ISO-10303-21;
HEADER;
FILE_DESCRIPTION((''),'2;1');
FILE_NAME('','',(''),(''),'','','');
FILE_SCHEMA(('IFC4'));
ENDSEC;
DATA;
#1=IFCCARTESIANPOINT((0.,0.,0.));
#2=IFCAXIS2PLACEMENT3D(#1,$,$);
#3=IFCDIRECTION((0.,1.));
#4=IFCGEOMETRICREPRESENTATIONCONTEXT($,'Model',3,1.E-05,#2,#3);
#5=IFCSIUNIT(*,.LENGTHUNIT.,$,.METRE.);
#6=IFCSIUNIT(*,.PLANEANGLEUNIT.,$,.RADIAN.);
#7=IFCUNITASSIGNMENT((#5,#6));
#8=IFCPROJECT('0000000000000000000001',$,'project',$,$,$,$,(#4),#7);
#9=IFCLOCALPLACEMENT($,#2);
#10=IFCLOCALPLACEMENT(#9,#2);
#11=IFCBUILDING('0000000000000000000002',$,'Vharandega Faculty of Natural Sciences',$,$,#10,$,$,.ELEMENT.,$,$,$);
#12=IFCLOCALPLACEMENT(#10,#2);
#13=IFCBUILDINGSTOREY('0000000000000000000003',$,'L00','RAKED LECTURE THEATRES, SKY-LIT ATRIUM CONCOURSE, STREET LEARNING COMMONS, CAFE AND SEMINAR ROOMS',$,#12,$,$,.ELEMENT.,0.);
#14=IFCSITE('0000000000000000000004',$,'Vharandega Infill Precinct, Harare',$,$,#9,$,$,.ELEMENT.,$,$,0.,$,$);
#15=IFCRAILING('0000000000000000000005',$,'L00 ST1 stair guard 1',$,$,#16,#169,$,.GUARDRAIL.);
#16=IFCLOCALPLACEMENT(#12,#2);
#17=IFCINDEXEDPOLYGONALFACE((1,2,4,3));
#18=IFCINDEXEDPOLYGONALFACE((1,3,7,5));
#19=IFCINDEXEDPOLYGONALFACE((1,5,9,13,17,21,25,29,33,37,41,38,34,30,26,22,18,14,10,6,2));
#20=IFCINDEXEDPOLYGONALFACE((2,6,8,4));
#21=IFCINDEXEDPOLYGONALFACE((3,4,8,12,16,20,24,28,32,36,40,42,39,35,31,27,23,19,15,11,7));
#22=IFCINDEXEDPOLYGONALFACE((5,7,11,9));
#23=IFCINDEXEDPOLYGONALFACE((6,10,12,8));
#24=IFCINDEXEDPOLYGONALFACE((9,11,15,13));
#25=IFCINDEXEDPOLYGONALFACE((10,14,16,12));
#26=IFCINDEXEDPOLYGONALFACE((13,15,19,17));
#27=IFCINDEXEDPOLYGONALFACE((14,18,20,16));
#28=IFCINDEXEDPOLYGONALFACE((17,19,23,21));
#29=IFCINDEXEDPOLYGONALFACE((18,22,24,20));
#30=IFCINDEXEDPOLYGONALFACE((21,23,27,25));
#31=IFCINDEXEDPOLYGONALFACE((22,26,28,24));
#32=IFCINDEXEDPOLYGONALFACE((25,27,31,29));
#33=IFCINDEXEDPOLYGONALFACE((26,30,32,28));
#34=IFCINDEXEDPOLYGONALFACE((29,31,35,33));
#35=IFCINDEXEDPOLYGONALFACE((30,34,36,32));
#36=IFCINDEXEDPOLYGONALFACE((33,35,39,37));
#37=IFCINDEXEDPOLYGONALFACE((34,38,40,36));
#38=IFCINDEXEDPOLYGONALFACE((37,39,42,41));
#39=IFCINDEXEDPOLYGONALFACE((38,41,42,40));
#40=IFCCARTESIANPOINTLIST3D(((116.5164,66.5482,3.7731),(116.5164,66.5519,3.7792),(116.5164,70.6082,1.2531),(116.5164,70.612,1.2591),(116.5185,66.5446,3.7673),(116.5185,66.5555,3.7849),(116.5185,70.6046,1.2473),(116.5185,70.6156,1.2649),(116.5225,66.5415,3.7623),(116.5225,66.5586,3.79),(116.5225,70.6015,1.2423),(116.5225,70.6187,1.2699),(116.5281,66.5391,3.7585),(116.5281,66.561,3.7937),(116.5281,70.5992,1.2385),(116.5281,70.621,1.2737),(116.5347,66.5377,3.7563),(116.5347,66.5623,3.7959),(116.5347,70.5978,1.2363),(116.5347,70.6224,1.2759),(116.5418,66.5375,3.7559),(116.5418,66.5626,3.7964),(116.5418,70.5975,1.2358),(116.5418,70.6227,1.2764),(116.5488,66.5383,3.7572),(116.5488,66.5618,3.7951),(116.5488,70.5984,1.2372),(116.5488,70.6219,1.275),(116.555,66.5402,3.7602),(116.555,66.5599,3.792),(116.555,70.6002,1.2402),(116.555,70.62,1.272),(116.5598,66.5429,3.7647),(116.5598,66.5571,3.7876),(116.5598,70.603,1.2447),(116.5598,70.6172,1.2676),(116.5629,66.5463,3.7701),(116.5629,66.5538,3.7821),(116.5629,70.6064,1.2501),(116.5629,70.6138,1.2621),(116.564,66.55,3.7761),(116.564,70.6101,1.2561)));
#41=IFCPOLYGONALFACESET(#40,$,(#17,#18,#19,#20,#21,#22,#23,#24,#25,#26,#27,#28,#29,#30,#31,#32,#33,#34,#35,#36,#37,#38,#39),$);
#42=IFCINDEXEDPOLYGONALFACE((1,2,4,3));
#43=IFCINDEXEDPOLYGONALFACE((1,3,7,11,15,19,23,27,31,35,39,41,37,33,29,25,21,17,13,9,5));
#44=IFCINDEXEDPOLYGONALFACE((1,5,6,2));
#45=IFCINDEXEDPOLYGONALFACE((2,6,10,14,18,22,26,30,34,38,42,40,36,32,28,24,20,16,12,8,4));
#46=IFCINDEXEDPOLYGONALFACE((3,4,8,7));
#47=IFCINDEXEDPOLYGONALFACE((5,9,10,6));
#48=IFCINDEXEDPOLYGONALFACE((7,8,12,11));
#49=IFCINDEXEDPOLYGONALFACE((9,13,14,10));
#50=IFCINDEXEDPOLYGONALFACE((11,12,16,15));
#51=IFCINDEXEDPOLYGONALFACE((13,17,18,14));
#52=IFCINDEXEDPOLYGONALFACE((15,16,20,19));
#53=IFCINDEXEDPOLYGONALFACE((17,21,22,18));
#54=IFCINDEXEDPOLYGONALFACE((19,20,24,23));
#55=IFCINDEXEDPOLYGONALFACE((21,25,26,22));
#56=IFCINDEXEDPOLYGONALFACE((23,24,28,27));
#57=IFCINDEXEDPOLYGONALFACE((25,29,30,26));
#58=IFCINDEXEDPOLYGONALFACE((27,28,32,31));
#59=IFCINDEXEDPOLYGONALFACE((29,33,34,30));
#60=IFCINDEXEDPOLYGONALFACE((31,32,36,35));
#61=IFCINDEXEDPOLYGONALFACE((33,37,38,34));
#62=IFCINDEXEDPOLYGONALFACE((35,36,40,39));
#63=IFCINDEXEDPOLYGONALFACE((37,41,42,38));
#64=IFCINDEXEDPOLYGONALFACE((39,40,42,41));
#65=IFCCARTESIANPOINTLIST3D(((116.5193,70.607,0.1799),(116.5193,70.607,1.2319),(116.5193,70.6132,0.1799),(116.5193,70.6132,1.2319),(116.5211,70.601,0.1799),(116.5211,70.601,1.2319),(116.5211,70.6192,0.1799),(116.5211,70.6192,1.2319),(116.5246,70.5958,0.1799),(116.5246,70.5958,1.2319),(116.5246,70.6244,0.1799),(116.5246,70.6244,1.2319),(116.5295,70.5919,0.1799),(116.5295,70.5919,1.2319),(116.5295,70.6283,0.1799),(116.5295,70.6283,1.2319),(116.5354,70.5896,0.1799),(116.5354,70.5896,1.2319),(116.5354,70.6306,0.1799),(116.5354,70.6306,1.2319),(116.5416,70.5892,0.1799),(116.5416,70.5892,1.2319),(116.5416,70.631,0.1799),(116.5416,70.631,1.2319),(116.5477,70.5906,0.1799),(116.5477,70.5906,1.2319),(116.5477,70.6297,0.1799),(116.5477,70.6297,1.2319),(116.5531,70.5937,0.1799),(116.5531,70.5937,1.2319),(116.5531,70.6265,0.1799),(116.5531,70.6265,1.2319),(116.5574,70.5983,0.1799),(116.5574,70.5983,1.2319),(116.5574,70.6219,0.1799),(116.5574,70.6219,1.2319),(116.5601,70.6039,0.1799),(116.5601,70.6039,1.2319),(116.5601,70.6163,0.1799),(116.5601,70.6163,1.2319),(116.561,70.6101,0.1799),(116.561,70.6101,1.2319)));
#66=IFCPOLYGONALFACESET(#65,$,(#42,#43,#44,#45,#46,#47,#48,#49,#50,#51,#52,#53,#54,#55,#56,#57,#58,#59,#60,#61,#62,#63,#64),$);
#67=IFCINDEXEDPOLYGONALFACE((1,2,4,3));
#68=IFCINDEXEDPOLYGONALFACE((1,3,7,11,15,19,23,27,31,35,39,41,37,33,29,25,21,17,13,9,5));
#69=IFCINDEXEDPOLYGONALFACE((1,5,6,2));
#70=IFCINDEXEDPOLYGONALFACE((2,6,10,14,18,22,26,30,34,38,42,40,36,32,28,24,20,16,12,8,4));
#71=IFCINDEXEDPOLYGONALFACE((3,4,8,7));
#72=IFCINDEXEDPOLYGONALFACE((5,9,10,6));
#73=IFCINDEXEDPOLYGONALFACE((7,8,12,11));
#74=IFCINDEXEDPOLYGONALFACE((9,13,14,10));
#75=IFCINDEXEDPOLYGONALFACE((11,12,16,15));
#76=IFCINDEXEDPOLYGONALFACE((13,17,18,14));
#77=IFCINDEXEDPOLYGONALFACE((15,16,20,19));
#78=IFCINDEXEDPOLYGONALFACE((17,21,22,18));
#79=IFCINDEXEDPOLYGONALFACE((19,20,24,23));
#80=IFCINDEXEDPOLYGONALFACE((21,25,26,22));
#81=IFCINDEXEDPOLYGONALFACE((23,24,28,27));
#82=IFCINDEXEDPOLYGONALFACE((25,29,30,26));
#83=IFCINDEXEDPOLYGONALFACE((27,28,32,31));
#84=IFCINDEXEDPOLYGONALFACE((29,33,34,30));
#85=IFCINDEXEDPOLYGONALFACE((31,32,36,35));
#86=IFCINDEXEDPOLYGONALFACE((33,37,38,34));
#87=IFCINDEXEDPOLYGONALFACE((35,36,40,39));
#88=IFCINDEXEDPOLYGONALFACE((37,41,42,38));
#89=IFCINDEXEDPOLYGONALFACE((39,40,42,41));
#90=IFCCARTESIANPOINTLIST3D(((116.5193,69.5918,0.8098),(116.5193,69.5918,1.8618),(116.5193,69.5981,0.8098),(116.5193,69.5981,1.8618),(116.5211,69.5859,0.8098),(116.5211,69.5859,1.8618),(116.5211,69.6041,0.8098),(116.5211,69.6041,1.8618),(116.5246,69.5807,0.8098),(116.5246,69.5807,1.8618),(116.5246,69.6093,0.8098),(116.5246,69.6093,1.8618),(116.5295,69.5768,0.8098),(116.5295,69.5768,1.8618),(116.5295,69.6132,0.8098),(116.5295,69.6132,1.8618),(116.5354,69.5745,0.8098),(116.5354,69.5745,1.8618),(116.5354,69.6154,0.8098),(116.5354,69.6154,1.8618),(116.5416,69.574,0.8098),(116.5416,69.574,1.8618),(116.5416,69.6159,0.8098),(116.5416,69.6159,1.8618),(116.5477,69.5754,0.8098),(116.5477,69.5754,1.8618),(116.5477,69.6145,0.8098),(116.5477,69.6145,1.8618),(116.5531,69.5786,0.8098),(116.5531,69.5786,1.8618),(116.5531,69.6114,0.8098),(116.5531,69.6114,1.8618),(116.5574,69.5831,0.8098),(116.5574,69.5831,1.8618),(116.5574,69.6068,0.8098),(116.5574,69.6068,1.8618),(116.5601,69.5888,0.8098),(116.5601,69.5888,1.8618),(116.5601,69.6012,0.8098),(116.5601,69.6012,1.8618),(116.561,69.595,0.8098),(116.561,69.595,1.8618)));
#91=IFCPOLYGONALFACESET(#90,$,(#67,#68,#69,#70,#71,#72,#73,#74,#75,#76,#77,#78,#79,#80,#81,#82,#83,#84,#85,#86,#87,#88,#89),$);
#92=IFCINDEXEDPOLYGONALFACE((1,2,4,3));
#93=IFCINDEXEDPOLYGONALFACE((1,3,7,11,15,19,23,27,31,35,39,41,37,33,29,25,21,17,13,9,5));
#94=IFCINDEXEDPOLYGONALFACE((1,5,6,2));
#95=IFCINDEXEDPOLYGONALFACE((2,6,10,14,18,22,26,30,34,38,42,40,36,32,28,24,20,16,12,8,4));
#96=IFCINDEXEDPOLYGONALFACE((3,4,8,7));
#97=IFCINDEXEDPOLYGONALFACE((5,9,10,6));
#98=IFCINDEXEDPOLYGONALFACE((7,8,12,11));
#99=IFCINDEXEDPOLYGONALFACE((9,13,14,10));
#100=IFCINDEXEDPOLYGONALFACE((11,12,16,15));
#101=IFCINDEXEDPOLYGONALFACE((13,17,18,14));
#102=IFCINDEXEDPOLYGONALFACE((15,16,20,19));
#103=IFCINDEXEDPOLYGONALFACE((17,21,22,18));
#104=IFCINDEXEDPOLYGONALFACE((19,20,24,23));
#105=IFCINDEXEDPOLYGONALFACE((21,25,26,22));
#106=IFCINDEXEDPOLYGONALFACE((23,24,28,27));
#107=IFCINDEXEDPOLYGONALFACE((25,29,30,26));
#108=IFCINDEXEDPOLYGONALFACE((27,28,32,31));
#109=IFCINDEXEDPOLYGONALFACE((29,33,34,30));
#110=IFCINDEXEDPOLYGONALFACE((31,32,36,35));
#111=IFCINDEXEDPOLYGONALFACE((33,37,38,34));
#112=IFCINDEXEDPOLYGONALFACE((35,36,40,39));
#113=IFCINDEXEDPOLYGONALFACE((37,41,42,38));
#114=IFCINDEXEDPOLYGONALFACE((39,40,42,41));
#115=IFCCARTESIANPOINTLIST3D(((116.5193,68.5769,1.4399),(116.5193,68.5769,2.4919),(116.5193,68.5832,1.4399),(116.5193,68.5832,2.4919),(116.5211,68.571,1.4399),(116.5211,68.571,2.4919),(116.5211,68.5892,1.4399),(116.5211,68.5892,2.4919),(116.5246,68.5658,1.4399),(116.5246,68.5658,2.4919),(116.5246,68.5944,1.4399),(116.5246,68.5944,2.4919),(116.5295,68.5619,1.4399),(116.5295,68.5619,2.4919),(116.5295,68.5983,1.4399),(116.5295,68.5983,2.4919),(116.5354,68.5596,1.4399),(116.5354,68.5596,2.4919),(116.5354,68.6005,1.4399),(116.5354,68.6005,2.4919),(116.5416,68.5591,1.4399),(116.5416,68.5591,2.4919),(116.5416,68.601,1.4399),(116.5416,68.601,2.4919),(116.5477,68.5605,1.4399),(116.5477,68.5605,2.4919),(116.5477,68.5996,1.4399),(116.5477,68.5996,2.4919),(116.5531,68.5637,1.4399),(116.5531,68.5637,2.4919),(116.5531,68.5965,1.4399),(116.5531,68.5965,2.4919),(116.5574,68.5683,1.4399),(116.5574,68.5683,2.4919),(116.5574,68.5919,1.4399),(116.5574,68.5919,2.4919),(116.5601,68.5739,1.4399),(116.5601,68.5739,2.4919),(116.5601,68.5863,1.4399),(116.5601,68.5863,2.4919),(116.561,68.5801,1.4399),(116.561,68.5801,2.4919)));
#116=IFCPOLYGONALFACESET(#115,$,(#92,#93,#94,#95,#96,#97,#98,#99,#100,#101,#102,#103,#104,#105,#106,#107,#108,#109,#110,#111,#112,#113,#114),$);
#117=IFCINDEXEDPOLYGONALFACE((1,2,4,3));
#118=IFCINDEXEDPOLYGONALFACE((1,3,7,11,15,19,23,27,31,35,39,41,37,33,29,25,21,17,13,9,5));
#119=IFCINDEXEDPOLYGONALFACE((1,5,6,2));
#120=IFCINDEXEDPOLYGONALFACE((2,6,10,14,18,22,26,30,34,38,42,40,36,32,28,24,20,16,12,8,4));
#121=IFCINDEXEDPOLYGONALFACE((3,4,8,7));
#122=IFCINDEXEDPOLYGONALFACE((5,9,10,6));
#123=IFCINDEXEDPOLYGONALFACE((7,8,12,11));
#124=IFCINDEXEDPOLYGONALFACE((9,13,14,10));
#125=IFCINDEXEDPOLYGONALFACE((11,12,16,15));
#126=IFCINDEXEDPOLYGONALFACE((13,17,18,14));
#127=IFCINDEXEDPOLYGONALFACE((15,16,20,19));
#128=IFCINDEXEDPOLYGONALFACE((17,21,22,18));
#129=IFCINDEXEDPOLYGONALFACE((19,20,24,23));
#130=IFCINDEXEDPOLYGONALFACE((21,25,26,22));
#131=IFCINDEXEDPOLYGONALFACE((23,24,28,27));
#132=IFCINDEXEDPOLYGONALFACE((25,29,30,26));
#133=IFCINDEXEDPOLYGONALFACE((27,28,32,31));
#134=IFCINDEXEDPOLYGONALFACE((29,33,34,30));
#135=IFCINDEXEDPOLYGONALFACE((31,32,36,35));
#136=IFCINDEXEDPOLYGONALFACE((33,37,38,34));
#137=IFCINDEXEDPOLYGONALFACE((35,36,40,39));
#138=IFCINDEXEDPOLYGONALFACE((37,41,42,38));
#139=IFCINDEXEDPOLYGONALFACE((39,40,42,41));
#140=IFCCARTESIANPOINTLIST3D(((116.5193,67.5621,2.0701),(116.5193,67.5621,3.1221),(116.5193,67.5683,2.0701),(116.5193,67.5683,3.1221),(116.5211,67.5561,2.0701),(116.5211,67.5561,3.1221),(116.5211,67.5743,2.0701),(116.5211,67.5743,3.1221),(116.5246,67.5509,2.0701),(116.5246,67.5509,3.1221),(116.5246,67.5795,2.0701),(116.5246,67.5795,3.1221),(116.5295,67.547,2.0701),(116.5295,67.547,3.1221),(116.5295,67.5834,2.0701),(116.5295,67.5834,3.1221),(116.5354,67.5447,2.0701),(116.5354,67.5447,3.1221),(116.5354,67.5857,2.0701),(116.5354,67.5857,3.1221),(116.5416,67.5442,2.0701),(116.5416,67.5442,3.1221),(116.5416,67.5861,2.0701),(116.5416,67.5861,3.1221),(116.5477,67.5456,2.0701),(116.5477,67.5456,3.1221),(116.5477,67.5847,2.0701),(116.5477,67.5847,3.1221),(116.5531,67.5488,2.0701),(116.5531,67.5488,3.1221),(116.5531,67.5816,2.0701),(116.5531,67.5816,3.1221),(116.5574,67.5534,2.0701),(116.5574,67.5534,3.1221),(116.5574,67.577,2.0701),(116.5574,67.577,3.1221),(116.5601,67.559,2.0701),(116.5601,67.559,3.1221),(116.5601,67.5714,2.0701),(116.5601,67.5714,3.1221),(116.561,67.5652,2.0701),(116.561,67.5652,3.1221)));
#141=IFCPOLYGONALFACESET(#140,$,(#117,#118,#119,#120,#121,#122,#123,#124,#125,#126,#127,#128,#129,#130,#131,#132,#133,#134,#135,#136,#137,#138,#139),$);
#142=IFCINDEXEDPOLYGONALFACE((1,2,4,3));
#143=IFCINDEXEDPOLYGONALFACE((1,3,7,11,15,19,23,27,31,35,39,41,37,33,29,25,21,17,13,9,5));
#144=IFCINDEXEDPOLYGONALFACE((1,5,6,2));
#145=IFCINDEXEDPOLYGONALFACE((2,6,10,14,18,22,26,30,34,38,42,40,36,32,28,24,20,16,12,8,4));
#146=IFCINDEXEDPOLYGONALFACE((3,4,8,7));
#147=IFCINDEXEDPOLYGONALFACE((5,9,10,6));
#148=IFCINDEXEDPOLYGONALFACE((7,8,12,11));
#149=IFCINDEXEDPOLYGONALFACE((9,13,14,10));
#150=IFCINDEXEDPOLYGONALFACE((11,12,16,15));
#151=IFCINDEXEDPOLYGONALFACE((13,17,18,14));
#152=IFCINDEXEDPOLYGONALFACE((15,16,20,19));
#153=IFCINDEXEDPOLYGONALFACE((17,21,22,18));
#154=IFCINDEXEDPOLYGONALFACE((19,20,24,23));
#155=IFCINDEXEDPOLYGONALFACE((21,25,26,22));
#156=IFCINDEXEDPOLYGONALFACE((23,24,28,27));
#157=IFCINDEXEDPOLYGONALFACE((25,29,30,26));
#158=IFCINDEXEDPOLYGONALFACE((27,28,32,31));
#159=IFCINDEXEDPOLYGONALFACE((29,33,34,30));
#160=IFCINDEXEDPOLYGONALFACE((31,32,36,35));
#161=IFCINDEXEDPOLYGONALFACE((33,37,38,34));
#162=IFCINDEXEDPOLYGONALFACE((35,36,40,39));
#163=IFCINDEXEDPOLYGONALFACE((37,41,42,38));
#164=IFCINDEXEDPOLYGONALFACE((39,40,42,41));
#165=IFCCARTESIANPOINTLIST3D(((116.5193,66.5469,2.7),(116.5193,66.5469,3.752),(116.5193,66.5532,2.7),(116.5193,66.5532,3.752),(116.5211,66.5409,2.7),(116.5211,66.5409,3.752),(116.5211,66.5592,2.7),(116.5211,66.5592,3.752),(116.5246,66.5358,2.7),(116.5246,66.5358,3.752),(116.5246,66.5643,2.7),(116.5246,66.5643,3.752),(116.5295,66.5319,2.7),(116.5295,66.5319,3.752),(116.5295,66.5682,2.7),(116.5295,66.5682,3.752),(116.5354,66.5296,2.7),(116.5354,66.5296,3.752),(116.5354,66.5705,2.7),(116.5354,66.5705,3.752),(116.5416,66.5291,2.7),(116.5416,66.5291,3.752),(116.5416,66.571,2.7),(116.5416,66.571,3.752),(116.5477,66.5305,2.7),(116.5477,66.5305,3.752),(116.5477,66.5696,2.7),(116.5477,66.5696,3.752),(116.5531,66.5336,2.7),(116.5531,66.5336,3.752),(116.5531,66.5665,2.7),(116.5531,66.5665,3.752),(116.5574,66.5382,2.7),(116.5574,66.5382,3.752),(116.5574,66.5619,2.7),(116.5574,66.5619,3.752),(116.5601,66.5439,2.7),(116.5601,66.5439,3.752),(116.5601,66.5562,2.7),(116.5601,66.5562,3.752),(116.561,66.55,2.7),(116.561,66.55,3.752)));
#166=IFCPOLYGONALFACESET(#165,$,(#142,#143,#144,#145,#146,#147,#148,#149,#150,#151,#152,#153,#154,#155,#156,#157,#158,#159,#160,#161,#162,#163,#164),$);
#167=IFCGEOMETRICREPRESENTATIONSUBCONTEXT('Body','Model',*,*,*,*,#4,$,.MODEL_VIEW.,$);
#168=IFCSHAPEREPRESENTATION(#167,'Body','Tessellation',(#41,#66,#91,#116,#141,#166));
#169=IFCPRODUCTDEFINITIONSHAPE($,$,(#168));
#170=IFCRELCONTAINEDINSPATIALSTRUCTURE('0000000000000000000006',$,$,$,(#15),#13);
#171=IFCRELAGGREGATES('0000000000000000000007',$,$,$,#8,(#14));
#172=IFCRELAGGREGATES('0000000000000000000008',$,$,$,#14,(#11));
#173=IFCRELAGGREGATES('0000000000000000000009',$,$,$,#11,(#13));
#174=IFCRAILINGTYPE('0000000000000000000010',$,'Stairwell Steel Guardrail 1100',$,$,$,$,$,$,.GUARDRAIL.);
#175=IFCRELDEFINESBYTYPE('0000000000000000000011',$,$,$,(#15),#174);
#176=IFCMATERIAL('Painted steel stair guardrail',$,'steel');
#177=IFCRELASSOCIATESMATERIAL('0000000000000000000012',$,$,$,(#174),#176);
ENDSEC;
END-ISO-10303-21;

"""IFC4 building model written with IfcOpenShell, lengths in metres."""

from ifc_helpers import new_model, si_unit, direction, frame, origin, origin_2d, place, context, subcontext, project, spatial, circle, extrude, material, type_object, element, save


model = new_model("IFC4")

# Units and contexts
model_context = context("Model", 3, precision=1e-05, world=origin(), true_north=direction((0.0, 1.0)))
body_context = subcontext(model_context, "Body", "Model", "MODEL_VIEW")
ifc_project = project(units=[si_unit("LENGTHUNIT", "METRE"), si_unit("PLANEANGLEUNIT", "RADIAN")], contexts=[model_context])

# Site, building, storey
site_placement = place(None, origin())
site = spatial("IfcSite", under=ifc_project, at=site_placement, Name="Vharandega Infill Precinct, Harare", CompositionType="ELEMENT", RefElevation=0.0)
building_placement = place(site_placement, origin())
building = spatial("IfcBuilding", under=site, at=building_placement, Name="Vharandega Faculty of Natural Sciences", CompositionType="ELEMENT")
storey_placement = place(building_placement, origin())
storey = spatial("IfcBuildingStorey", under=building, at=storey_placement, Name="L00", Description="RAKED LECTURE THEATRES, SKY-LIT ATRIUM CONCOURSE, STREET LEARNING COMMONS, CAFE AND SEMINAR ROOMS", CompositionType="ELEMENT", Elevation=0.0)

# Railing
ifc_material_1 = material(Name="Painted steel stair guardrail", Category="steel")
railing_type_1 = type_object("IfcRailingType", Name="Stairwell Steel Guardrail 1100", PredefinedType="GUARDRAIL", material=ifc_material_1)
railing_1_placement = place(storey_placement, frame((116.54, 70.6101, 0.1799)))
element("IfcRailing", 1, at=railing_1_placement, inside=storey, type_object=railing_type_1, Name="L00 ST1 stair guard 1", PredefinedType="GUARDRAIL", context=body_context, shape_type="SweptSolid", body=[
    extrude(circle(Radius=0.0239, at=origin_2d()), frame((0.0, 0.0, 1.0762), z_axis=(0.0, -0.849642, 0.52736), x_axis=(1.0, 0.0, 0.0)), (0.0, 0.0, 1.0), 4.7786),
    extrude(circle(Radius=0.021, at=origin_2d()), origin(), (0.0, 0.0, 1.0), 1.052),
    extrude(circle(Radius=0.021, at=origin_2d()), frame((0.0, -1.0151, 0.6299)), (0.0, 0.0, 1.0), 1.052),
    extrude(circle(Radius=0.021, at=origin_2d()), frame((0.0, -2.03, 1.26)), (0.0, 0.0, 1.0), 1.052),
    extrude(circle(Radius=0.021, at=origin_2d()), frame((0.0, -3.0449, 1.8901)), (0.0, 0.0, 1.0), 1.052),
    extrude(circle(Radius=0.021, at=origin_2d()), frame((0.0, -4.0601, 2.52)), (0.0, 0.0, 1.0), 1.052),
])

save(model, "model.ifc")
